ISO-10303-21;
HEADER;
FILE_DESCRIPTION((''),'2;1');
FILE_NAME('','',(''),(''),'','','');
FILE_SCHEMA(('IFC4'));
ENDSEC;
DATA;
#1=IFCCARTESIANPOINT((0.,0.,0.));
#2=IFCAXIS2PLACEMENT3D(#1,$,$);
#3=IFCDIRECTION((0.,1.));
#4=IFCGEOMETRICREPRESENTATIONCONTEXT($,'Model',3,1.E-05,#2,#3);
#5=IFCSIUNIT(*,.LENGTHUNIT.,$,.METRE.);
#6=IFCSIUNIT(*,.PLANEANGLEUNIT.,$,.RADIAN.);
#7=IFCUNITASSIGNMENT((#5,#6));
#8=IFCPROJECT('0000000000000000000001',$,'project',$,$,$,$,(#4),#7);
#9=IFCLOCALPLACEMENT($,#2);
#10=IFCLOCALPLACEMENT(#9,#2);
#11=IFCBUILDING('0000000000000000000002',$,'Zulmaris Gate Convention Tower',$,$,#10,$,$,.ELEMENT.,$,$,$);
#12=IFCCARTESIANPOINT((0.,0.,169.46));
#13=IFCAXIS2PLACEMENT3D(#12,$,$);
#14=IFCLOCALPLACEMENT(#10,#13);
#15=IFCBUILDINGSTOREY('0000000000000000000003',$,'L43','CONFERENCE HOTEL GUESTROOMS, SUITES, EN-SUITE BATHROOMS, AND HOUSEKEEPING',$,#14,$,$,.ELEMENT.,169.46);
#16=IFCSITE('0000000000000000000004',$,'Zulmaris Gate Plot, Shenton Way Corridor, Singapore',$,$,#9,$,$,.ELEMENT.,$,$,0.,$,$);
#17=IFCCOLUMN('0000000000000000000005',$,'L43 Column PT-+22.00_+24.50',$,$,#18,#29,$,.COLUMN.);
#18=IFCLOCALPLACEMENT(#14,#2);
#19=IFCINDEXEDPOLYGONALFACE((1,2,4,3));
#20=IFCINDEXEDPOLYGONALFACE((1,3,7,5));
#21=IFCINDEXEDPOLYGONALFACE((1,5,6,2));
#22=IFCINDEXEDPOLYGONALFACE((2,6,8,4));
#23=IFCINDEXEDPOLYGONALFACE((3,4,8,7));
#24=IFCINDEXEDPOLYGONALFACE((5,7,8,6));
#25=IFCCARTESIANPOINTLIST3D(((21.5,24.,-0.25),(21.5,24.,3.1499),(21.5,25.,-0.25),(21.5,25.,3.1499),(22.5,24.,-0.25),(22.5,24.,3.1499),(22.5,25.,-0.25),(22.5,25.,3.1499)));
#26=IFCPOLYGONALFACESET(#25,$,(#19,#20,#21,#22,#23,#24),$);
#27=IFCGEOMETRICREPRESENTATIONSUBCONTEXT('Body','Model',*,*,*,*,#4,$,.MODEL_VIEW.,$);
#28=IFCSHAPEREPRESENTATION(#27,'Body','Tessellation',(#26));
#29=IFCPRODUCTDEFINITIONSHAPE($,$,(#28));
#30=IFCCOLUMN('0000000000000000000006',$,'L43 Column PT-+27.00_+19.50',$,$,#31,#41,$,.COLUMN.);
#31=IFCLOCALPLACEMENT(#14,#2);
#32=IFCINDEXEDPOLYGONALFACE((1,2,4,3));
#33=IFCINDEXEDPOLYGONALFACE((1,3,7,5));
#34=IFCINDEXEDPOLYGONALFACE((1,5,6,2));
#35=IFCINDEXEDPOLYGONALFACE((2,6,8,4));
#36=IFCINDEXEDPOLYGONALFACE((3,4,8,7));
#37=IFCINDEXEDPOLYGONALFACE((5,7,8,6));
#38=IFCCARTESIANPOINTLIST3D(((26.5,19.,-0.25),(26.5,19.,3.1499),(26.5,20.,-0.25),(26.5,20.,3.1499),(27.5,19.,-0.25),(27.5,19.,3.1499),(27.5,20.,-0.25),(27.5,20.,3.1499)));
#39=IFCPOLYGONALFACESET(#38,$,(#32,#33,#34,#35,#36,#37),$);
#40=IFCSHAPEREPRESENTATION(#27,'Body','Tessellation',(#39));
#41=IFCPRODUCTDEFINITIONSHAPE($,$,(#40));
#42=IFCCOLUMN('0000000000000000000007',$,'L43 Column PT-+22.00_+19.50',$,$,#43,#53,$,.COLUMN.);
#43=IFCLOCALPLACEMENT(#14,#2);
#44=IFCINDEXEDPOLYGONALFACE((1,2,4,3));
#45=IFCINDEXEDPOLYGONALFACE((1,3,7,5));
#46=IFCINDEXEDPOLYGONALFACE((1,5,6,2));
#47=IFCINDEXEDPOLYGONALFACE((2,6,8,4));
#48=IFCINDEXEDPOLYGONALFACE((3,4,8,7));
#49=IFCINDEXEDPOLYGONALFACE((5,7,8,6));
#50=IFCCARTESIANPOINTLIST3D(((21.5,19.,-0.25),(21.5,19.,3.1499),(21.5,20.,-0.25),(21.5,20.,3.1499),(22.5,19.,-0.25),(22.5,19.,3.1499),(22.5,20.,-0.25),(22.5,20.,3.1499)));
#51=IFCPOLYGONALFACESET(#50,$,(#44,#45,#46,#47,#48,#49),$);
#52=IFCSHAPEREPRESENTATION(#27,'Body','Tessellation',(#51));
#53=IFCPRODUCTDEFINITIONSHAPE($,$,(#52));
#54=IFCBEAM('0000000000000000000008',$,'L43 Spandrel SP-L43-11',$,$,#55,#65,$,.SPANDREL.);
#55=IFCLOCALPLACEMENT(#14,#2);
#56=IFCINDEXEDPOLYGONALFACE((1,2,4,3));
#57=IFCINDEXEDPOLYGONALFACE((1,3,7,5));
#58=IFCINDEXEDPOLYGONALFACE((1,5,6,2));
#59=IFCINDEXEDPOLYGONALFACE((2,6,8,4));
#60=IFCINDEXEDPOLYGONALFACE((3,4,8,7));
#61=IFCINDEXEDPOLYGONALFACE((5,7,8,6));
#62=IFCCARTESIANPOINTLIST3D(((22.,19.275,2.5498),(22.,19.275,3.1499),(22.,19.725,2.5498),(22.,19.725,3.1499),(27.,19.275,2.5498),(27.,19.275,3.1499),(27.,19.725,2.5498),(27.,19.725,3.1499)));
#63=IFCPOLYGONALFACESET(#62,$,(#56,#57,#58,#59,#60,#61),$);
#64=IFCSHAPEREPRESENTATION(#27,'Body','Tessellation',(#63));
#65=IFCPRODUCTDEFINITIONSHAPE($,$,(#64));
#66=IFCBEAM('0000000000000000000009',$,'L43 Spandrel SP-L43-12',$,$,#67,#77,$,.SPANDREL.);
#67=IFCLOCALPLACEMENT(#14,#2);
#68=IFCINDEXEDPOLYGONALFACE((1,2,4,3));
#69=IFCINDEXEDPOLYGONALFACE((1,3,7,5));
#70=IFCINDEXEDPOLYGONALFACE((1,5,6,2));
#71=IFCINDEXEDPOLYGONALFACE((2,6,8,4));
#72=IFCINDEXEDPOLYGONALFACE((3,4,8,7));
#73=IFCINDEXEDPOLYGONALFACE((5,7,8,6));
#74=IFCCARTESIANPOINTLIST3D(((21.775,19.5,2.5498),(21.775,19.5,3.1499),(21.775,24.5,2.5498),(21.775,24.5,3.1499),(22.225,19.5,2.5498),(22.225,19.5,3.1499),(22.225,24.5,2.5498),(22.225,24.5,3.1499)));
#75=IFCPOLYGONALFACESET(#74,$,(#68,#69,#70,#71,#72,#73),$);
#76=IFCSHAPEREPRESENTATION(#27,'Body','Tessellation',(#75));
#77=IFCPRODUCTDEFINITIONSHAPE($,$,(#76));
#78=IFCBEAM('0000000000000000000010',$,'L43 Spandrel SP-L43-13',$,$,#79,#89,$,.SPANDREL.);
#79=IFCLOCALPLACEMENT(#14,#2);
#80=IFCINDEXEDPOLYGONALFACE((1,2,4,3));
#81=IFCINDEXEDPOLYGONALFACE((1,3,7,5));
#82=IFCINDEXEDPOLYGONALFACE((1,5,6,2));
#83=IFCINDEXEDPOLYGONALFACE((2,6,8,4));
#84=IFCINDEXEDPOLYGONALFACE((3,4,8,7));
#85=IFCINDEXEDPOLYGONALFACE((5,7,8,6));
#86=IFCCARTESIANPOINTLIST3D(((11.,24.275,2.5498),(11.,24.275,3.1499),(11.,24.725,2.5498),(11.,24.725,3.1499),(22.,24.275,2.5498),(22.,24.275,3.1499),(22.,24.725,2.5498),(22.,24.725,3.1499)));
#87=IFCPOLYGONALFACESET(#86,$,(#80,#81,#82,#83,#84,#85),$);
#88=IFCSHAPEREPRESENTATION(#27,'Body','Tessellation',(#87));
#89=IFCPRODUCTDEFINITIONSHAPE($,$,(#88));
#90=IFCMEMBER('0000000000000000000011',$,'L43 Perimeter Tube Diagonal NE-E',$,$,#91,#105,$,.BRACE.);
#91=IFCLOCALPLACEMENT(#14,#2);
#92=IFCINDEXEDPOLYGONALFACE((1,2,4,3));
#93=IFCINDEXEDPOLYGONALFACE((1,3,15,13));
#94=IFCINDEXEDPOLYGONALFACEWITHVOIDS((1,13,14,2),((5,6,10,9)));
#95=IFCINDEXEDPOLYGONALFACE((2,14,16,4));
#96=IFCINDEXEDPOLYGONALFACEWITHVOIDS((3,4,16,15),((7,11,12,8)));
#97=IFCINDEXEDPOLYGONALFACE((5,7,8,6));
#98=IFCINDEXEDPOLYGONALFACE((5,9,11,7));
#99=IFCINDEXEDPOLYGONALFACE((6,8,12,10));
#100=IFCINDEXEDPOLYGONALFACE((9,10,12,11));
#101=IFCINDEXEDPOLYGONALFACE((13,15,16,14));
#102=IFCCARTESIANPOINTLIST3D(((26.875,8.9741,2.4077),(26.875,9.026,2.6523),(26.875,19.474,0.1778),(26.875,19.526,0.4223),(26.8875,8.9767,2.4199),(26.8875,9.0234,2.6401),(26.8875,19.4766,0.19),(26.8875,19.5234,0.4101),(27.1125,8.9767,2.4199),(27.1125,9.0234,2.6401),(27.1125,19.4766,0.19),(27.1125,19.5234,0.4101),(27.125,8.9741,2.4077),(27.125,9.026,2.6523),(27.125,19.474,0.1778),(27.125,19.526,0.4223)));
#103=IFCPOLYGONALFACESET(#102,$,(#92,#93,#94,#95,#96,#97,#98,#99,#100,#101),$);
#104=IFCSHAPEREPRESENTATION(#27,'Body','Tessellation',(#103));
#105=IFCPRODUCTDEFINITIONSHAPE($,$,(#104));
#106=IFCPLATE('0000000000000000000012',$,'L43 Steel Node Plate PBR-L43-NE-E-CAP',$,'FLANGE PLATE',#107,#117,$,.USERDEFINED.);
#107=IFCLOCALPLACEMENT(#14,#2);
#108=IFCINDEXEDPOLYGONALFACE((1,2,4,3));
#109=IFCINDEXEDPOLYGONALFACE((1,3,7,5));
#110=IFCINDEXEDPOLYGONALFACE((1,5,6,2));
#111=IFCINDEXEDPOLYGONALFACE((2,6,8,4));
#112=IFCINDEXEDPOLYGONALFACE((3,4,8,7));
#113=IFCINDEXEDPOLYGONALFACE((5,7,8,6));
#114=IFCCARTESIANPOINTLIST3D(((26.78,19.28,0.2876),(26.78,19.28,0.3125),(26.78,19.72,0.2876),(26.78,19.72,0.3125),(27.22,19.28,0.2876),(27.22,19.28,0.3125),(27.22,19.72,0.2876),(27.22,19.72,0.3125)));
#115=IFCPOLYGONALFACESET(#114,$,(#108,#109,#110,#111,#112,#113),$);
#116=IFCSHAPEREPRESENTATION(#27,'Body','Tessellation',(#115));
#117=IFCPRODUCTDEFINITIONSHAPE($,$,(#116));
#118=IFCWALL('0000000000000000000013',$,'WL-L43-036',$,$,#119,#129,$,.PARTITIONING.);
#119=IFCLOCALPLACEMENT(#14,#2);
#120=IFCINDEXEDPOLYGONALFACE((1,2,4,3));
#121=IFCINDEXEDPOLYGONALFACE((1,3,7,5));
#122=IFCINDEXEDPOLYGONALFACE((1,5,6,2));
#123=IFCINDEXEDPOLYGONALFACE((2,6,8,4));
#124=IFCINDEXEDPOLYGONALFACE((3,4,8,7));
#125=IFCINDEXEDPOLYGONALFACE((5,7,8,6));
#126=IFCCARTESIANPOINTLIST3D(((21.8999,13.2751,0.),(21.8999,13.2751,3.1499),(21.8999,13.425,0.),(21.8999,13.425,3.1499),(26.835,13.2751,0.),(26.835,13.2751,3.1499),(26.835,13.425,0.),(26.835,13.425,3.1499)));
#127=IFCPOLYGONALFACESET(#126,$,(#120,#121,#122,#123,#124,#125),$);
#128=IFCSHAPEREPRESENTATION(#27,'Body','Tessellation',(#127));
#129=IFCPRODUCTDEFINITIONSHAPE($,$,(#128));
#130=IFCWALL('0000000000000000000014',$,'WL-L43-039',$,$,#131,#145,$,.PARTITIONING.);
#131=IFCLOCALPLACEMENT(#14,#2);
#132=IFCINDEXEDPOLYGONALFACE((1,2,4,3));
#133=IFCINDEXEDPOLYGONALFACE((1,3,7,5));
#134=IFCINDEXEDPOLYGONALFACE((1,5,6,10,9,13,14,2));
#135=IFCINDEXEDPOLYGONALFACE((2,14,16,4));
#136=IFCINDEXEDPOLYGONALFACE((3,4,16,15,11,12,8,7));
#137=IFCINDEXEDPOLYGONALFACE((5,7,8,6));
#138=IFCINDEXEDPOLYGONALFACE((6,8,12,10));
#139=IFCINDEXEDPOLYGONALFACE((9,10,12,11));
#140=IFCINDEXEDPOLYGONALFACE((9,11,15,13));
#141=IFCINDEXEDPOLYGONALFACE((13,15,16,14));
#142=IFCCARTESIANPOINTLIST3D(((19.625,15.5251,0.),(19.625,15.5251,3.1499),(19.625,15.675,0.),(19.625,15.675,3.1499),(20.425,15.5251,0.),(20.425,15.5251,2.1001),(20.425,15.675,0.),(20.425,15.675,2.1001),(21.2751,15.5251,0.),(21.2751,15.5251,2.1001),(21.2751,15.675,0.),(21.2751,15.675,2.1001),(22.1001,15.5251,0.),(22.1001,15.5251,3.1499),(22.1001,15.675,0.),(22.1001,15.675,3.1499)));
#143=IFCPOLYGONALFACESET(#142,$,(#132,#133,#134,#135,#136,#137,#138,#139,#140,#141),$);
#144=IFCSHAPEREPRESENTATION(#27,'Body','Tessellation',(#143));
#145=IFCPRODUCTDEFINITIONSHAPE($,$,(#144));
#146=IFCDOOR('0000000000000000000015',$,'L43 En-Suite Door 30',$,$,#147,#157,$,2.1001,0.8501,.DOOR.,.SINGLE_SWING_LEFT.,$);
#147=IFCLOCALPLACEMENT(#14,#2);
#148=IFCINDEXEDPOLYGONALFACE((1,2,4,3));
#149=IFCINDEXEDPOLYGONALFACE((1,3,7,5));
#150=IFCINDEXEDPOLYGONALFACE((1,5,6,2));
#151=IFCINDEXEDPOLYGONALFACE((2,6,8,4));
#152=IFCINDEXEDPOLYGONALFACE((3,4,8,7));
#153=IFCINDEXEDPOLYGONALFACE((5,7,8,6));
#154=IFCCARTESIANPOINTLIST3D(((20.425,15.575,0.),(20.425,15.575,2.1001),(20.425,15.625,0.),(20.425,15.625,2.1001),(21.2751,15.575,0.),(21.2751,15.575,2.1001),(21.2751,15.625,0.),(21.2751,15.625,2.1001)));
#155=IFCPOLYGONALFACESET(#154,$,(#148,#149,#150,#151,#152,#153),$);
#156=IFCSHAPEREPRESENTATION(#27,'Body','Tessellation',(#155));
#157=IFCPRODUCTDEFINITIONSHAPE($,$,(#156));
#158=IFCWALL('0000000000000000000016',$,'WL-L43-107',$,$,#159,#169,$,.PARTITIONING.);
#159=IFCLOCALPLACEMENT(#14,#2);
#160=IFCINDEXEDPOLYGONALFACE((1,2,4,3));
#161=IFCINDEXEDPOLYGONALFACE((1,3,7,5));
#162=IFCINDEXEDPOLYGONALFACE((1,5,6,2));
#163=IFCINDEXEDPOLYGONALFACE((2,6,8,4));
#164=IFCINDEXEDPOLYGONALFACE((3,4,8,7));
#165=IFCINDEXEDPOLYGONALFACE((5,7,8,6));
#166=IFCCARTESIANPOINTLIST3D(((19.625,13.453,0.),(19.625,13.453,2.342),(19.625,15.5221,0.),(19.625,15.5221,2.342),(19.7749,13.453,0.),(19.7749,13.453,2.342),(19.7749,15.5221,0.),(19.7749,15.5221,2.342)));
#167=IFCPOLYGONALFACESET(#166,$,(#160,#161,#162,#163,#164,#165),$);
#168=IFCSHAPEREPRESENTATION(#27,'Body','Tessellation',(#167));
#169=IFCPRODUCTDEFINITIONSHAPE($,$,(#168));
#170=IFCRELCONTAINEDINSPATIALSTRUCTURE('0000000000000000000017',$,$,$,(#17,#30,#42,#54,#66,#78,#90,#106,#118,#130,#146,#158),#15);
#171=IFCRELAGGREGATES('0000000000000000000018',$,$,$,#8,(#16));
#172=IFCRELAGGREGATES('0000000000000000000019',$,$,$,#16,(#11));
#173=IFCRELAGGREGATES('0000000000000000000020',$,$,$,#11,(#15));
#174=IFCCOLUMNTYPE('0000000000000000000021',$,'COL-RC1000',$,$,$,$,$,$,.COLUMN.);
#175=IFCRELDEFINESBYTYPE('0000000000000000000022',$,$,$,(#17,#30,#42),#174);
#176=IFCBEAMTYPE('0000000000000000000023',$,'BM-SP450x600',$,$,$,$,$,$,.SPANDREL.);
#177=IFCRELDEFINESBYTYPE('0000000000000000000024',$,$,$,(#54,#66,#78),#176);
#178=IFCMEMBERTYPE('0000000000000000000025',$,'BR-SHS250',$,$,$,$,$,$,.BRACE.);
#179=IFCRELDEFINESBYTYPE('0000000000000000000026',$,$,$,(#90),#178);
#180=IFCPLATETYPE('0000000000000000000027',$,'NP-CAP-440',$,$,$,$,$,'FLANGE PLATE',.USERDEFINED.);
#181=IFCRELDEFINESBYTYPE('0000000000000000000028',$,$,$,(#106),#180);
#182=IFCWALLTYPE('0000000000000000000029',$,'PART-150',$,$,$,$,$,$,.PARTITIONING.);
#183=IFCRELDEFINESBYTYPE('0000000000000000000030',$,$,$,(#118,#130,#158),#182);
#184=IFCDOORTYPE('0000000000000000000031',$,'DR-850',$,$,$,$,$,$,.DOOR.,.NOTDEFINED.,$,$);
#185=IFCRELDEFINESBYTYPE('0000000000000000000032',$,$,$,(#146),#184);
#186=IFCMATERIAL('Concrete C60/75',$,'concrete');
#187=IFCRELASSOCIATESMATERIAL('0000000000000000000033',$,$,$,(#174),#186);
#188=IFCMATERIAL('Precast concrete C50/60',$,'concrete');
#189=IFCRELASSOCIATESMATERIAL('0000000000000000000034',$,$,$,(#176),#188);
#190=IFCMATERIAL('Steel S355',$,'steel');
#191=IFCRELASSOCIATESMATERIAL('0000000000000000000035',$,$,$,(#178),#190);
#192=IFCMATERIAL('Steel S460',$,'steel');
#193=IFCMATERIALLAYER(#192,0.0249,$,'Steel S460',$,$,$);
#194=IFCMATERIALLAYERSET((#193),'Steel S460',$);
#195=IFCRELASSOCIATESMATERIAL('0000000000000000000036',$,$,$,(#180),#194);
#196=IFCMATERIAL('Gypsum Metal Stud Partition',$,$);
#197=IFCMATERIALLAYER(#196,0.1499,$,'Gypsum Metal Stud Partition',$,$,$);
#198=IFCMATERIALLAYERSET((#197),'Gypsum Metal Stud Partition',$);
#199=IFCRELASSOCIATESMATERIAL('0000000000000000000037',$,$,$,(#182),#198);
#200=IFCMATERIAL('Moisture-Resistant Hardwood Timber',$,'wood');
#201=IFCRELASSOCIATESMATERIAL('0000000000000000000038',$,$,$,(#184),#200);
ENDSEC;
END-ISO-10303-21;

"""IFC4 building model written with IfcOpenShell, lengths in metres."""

from ifc_helpers import new_model, si_unit, direction, frame, frame_2d, origin, origin_2d, place, context, subcontext, project, spatial, rectangle, hollow_rectangle, extrude, material, layer, layer_set, material_profile, profile_set, type_object, element, fill, save


model = new_model("IFC4")

# Units and contexts
model_context = context("Model", 3, precision=1e-05, world=origin(), true_north=direction((0.0, 1.0)))
body_context = subcontext(model_context, "Body", "Model", "MODEL_VIEW")
ifc_project = project(units=[si_unit("LENGTHUNIT", "METRE"), si_unit("PLANEANGLEUNIT", "RADIAN")], contexts=[model_context])

# Site, building, storey
site_placement = place(None, origin())
site = spatial("IfcSite", under=ifc_project, at=site_placement, Name="Zulmaris Gate Plot, Shenton Way Corridor, Singapore", CompositionType="ELEMENT", RefElevation=0.0)
building_placement = place(site_placement, origin())
building = spatial("IfcBuilding", under=site, at=building_placement, Name="Zulmaris Gate Convention Tower", CompositionType="ELEMENT")
storey_placement = place(building_placement, frame((0.0, 0.0, 169.46)))
storey = spatial("IfcBuildingStorey", under=building, at=storey_placement, Name="L43", Description="CONFERENCE HOTEL GUESTROOMS, SUITES, EN-SUITE BATHROOMS, AND HOUSEKEEPING", CompositionType="ELEMENT", Elevation=169.46)

# Columns
ifc_material_1 = material(Name="Concrete C60/75", Category="concrete")
ifc_material_profile_1 = material_profile(ifc_material_1, rectangle(XDim=1.0, YDim=1.0, at=origin_2d()), Name="RC COL 1000x1000")
ifc_profile_set_1 = profile_set([ifc_material_profile_1], Name="Concrete C60/75")
column_type = type_object("IfcColumnType", Name="COL-RC1000", PredefinedType="COLUMN", material=ifc_profile_set_1)
for number, where, z_axis, x_axis, name in (
    (1, (22.0, 24.5, -0.25), (0.0, 0.0, 1.0), (1.0, 0.0, 0.0), "L43 Column PT-+22.00_+24.50"),
    (2, (27.0, 19.5, -0.25), (0.0, 0.0, 1.0), (1.0, 0.0, 0.0), "L43 Column PT-+27.00_+19.50"),
    (3, (22.0, 19.5, -0.25), (0.0, 0.0, 1.0), (1.0, 0.0, 0.0), "L43 Column PT-+22.00_+19.50"),
):
    element("IfcColumn", number, at=place(storey_placement, frame(where, z_axis=z_axis, x_axis=x_axis)), inside=storey, type_object=column_type, Name=name, PredefinedType="COLUMN", context=body_context, shape_type="SweptSolid", body=[
        extrude(rectangle(XDim=1.0, YDim=1.0, at=origin_2d()), origin(), (0.0, 0.0, 1.0), 3.3999),
    ])

# Beams
ifc_material_2 = material(Name="Precast concrete C50/60", Category="concrete")
ifc_material_profile_2 = material_profile(ifc_material_2, rectangle(XDim=0.45, YDim=0.6001, at=origin_2d()), Name="RC SPANDREL 450x600")
ifc_profile_set_2 = profile_set([ifc_material_profile_2], Name="Precast concrete C50/60")
beam_type = type_object("IfcBeamType", Name="BM-SP450x600", PredefinedType="SPANDREL", material=ifc_profile_set_2)
for number, where, z_axis, x_axis, name in (
    (4, (27.0, 19.5, 2.8499), (-1.0, 0.0, 0.0), (0.0, -1.0, 0.0), "L43 Spandrel SP-L43-11"),
    (5, (22.0, 19.5, 2.8499), (0.0, 1.0, 0.0), (-1.0, 0.0, 0.0), "L43 Spandrel SP-L43-12"),
):
    element("IfcBeam", number, at=place(storey_placement, frame(where, z_axis=z_axis, x_axis=x_axis)), inside=storey, type_object=beam_type, Name=name, PredefinedType="SPANDREL", context=body_context, shape_type="SweptSolid", body=[
        extrude(rectangle(XDim=0.45, YDim=0.6001, at=origin_2d()), origin(), (0.0, 0.0, 1.0), 5.0),
    ])
beam_placement = place(storey_placement, frame((22.0, 24.5, 2.8499), z_axis=(-1.0, 0.0, 0.0), x_axis=(0.0, -1.0, 0.0)))
element("IfcBeam", 6, at=beam_placement, inside=storey, type_object=beam_type, Name="L43 Spandrel SP-L43-13", PredefinedType="SPANDREL", context=body_context, shape_type="SweptSolid", body=[
    extrude(rectangle(XDim=0.45, YDim=0.6001, at=origin_2d()), origin(), (0.0, 0.0, 1.0), 11.0),
])

# Member
ifc_material_3 = material(Name="Steel S355", Category="steel")
ifc_material_profile_3 = material_profile(ifc_material_3, hollow_rectangle(XDim=0.25, YDim=0.25, WallThickness=0.0125, at=origin_2d()), Name="SHS 250x250x12.5")
ifc_profile_set_3 = profile_set([ifc_material_profile_3], Name="Steel S355")
member_type = type_object("IfcMemberType", Name="BR-SHS250", PredefinedType="BRACE", material=ifc_profile_set_3)
member_placement = place(storey_placement, frame((27.0, 19.5, 0.3), z_axis=(0.0, -0.978183, 0.207746), x_axis=(1.0, 0.0, 0.0)))
element("IfcMember", 7, at=member_placement, inside=storey, type_object=member_type, Name="L43 Perimeter Tube Diagonal NE-E", PredefinedType="BRACE", context=body_context, shape_type="SweptSolid", body=[
    extrude(hollow_rectangle(XDim=0.25, YDim=0.25, WallThickness=0.0125, at=origin_2d()), origin(), (0.0, 0.0, 1.0), 10.7341),
])

# Plate
ifc_material_4 = material(Name="Steel S460", Category="steel")
ifc_layer_1 = layer(ifc_material_4, 0.0249, Name="Steel S460")
ifc_layer_set_1 = layer_set([ifc_layer_1], Name="Steel S460")
plate_type = type_object("IfcPlateType", Name="NP-CAP-440", ElementType="FLANGE PLATE", PredefinedType="USERDEFINED", material=ifc_layer_set_1)
plate_placement = place(storey_placement, frame((27.0, 19.5, 0.2876), z_axis=(0.0, 0.0, 1.0), x_axis=(1.0, 0.0, 0.0)))
element("IfcPlate", 8, at=plate_placement, inside=storey, type_object=plate_type, Name="L43 Steel Node Plate PBR-L43-NE-E-CAP", ObjectType="FLANGE PLATE", PredefinedType="USERDEFINED", context=body_context, shape_type="SweptSolid", body=[
    extrude(rectangle(XDim=0.4399, YDim=0.4399, at=origin_2d()), origin(), (0.0, 0.0, 1.0), 0.0249),
])

# Wall
ifc_material_5 = material(Name="Gypsum Metal Stud Partition")
ifc_layer_2 = layer(ifc_material_5, 0.1499, Name="Gypsum Metal Stud Partition")
ifc_layer_set_2 = layer_set([ifc_layer_2], Name="Gypsum Metal Stud Partition")
wall_type_1 = type_object("IfcWallType", Name="PART-150", PredefinedType="PARTITIONING", material=ifc_layer_set_2)
wall_1_placement = place(storey_placement, frame((21.8999, 13.3501, 0.0), z_axis=(0.0, 0.0, 1.0), x_axis=(1.0, 0.0, 0.0)))
element("IfcWall", 9, at=wall_1_placement, inside=storey, type_object=wall_type_1, Name="WL-L43-036", PredefinedType="PARTITIONING", context=body_context, shape_type="SweptSolid", body=[
    extrude(rectangle(XDim=4.9351, YDim=0.1499, at=frame_2d((2.4675, 0.0))), origin(), (0.0, 0.0, 1.0), 3.1499),
])

# Wall, opening, door
wall_2_placement = place(storey_placement, frame((19.625, 15.6001, 0.0), z_axis=(0.0, 0.0, 1.0), x_axis=(1.0, 0.0, 0.0)))
wall_2 = element("IfcWall", 10, at=wall_2_placement, inside=storey, type_object=wall_type_1, Name="WL-L43-039", PredefinedType="PARTITIONING", context=body_context, shape_type="SweptSolid", body=[
    extrude(rectangle(XDim=2.4751, YDim=0.1499, at=frame_2d((1.2375, 0.0))), origin(), (0.0, 0.0, 1.0), 3.1499),
])
opening_1_placement = place(wall_2_placement, frame((0.8, 0.0, 0.0)))
opening_1 = element("IfcOpeningElement", 11, at=opening_1_placement, cuts=wall_2, PredefinedType="OPENING", context=body_context, shape_type="SweptSolid", body=[
    extrude(rectangle(XDim=0.8501, YDim=2.1001, at=frame_2d((0.425, 1.05))), frame((0.0, 0.085, 0.0), z_axis=(0.0, -1.0, 0.0), x_axis=(1.0, 0.0, 0.0)), (0.0, 0.0, 1.0), 0.1699),
])
ifc_material_6 = material(Name="Moisture-Resistant Hardwood Timber", Category="wood")
door_type_1 = type_object("IfcDoorType", Name="DR-850", OperationType="NOTDEFINED", PredefinedType="DOOR", material=ifc_material_6)
door_1_placement = place(opening_1_placement, origin())
door_1 = element("IfcDoor", 12, at=door_1_placement, inside=storey, type_object=door_type_1, Name="L43 En-Suite Door 30", OperationType="SINGLE_SWING_LEFT", OverallHeight=2.1001, OverallWidth=0.8501, PredefinedType="DOOR", context=body_context, shape_type="SweptSolid", body=[
    extrude(rectangle(XDim=0.8501, YDim=2.1001, at=frame_2d((0.425, 1.05))), frame((0.0, 0.0249, 0.0), z_axis=(0.0, -1.0, 0.0), x_axis=(1.0, 0.0, 0.0)), (0.0, 0.0, 1.0), 0.05),
])
fill(opening_1, door_1)

# Wall
wall_3_placement = place(storey_placement, frame((19.7, 13.4529, 0.0), z_axis=(0.0, 0.0, 1.0), x_axis=(0.0, 1.0, 0.0)))
element("IfcWall", 13, at=wall_3_placement, inside=storey, type_object=wall_type_1, Name="WL-L43-107", PredefinedType="PARTITIONING", context=body_context, shape_type="SweptSolid", body=[
    extrude(rectangle(XDim=2.0691, YDim=0.1499, at=frame_2d((1.0347, 0.0))), origin(), (0.0, 0.0, 1.0), 2.342),
])

save(model, "model.ifc")
